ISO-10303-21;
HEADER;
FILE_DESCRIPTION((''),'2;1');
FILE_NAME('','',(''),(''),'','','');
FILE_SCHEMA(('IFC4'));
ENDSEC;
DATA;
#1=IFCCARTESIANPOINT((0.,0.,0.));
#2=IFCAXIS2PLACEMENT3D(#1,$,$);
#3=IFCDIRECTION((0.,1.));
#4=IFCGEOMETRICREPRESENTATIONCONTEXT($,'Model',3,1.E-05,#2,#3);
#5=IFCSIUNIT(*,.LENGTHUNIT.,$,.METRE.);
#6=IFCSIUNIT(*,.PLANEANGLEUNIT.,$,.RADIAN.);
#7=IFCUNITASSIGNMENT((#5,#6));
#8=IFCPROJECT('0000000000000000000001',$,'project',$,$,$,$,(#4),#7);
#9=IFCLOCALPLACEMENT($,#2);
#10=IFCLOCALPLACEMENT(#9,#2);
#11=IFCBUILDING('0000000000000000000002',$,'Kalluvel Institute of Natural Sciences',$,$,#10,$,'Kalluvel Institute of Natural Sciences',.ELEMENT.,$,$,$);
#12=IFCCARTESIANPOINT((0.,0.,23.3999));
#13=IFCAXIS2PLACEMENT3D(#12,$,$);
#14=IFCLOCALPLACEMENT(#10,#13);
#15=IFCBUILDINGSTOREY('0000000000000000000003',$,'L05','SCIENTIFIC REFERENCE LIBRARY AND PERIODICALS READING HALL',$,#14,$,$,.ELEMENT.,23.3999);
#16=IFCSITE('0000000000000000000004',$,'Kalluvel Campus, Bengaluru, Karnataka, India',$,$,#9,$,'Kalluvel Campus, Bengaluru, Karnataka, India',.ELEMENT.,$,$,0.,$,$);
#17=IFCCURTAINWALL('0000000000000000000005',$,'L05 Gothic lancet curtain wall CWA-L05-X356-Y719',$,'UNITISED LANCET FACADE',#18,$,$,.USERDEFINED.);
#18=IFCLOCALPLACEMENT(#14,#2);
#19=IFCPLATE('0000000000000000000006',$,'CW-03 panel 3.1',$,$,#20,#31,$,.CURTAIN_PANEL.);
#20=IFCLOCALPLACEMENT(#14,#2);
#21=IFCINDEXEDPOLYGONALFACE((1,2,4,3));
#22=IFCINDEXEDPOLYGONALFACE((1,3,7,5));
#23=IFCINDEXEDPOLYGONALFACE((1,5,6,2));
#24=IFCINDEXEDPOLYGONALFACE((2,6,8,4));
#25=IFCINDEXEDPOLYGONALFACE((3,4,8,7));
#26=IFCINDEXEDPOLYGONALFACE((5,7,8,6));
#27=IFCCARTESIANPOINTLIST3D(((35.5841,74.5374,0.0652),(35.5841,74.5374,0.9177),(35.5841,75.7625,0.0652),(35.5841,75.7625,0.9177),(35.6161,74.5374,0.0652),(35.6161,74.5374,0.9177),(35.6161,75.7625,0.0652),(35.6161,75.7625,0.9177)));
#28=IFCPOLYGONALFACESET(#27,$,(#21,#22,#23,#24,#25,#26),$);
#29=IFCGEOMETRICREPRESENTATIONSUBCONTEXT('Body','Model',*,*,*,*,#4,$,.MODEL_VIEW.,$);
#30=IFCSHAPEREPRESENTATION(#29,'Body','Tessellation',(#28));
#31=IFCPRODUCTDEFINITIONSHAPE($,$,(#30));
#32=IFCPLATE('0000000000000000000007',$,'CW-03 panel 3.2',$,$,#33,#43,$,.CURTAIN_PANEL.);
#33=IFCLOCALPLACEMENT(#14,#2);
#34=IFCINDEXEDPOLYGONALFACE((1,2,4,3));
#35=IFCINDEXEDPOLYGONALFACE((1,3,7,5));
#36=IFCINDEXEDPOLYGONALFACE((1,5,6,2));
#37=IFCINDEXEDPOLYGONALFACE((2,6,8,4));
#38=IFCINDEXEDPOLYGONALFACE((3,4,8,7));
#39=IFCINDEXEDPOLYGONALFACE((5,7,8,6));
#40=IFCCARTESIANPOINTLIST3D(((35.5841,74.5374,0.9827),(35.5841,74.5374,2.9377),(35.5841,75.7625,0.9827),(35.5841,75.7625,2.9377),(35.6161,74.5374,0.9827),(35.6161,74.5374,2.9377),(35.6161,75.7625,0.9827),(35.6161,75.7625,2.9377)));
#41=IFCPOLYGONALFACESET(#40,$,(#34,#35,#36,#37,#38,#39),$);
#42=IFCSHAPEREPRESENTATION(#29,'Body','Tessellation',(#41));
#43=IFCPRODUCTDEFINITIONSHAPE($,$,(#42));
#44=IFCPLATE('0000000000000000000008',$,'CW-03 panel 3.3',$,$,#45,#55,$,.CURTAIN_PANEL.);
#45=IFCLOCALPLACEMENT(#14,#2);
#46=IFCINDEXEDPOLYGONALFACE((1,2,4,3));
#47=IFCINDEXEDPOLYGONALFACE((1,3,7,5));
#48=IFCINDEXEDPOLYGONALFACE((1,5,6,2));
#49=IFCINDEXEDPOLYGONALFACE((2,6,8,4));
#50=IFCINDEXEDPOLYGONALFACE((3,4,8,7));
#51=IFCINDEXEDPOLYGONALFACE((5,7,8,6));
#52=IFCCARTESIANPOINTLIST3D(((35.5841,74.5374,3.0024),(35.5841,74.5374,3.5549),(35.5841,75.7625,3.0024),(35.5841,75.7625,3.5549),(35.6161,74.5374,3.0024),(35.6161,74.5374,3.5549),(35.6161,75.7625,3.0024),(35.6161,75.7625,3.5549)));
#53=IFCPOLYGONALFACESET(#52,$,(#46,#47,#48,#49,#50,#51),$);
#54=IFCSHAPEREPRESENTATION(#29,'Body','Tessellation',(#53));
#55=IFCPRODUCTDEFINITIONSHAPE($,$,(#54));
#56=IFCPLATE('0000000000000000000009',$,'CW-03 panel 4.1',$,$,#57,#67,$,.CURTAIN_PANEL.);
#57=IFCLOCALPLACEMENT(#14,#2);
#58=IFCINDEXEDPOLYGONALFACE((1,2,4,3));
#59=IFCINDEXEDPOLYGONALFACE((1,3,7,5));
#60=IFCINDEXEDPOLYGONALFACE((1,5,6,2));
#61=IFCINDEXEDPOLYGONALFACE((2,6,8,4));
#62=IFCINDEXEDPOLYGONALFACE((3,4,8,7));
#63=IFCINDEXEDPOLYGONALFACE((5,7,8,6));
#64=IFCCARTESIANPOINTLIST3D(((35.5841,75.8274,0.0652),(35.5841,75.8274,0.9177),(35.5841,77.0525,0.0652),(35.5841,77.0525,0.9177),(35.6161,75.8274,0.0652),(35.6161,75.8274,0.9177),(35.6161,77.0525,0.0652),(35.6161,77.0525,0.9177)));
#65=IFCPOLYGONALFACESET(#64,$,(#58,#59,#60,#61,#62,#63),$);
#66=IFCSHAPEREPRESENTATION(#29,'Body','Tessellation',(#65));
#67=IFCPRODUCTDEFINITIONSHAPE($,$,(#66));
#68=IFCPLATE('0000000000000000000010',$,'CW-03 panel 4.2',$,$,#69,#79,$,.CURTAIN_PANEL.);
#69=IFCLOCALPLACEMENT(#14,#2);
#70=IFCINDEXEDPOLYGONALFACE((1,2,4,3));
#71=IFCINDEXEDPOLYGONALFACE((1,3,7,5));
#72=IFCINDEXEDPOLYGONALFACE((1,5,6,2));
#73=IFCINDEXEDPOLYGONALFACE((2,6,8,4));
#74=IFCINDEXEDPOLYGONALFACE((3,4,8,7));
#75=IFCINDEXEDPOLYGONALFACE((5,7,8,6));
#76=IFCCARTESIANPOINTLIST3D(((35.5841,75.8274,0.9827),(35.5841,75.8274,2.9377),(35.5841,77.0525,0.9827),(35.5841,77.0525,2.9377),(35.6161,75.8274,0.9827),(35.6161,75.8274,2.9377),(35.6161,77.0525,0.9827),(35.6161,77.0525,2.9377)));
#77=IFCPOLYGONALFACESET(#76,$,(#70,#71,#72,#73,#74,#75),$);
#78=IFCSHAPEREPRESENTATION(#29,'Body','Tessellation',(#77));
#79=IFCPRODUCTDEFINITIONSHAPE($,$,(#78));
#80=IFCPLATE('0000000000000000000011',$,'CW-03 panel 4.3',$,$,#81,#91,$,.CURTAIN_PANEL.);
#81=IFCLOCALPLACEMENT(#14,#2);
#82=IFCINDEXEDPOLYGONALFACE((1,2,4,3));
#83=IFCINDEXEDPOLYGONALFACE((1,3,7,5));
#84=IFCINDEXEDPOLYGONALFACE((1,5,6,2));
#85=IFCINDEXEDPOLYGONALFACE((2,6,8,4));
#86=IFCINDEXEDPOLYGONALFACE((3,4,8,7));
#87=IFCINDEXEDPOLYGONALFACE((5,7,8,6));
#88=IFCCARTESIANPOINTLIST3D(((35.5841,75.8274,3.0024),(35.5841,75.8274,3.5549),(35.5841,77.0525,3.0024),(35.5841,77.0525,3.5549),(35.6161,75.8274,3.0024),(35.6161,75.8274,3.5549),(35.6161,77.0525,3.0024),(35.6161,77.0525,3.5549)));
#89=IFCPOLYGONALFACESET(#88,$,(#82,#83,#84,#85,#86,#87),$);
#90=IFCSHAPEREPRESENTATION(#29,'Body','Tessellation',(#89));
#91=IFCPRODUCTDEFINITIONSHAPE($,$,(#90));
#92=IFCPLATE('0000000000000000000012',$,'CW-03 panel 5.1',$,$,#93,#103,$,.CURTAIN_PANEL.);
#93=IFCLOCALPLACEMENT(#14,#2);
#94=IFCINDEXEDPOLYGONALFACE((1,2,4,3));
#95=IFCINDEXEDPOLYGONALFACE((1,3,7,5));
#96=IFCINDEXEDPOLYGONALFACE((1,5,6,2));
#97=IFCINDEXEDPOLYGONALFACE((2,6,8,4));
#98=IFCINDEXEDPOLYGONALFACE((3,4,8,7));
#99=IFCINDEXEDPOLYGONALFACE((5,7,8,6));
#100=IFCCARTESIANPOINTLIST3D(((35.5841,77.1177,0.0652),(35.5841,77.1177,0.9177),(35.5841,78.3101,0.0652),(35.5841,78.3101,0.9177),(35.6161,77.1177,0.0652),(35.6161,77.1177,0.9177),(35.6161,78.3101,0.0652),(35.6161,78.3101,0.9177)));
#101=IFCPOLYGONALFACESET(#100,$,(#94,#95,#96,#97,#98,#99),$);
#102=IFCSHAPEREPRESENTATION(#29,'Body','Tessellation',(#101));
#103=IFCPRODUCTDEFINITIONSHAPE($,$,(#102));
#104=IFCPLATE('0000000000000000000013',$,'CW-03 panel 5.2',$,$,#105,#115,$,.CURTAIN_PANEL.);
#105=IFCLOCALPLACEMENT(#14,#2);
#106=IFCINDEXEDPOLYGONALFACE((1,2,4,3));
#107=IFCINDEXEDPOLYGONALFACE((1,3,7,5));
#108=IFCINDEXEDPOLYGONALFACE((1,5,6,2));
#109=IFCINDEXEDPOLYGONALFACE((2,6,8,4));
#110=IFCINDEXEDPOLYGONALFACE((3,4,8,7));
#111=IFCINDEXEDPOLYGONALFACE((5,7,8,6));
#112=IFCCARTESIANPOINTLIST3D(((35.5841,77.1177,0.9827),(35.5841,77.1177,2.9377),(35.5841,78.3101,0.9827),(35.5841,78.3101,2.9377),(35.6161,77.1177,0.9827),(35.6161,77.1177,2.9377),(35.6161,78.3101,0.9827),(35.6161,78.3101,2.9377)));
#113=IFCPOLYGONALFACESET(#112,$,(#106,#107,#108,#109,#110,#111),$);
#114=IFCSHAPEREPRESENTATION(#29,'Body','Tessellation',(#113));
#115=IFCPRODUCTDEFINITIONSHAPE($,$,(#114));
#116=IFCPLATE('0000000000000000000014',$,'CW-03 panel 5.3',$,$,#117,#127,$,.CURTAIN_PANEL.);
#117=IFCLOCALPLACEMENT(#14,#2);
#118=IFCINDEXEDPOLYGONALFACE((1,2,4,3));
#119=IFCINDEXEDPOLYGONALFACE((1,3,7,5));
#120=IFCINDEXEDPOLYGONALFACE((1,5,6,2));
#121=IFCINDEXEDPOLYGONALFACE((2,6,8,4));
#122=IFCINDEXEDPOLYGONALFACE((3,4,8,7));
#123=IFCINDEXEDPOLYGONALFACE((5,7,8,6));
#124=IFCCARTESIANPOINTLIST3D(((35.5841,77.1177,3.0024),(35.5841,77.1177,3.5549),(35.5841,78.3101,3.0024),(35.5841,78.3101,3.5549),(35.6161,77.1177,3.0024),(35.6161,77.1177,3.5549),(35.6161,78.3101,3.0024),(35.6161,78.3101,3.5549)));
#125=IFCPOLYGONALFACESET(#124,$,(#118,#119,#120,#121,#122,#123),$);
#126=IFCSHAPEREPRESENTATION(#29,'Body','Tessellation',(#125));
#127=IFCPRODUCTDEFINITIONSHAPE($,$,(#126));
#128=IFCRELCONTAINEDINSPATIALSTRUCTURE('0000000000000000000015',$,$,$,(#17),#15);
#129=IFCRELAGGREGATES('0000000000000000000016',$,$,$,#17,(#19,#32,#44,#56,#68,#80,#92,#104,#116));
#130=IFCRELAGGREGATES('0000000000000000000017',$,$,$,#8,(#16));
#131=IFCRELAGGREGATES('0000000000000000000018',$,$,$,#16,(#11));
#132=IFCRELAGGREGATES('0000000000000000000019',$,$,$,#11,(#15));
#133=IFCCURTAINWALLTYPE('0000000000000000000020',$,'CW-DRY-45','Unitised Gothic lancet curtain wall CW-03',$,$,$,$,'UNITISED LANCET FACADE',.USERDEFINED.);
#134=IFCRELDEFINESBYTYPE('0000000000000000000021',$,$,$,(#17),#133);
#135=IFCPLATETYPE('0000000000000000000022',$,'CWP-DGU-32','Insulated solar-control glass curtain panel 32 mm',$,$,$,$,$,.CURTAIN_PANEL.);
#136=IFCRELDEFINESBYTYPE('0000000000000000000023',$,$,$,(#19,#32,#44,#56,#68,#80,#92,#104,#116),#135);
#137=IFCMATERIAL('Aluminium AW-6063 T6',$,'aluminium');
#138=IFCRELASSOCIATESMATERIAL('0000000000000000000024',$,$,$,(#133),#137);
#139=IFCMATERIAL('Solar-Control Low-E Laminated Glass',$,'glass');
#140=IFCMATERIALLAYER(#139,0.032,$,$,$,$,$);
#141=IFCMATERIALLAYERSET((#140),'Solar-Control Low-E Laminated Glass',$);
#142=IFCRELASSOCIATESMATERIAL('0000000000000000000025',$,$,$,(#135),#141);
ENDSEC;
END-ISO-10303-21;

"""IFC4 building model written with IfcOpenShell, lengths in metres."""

from ifc_helpers import new_model, si_unit, direction, frame, origin, origin_2d, place, context, subcontext, project, spatial, rectangle, extrude, material, layer, layer_set, type_object, element, aggregate, save


model = new_model("IFC4")

# Units and contexts
model_context = context("Model", 3, precision=1e-05, world=origin(), true_north=direction((0.0, 1.0)))
body_context = subcontext(model_context, "Body", "Model", "MODEL_VIEW")
ifc_project = project(units=[si_unit("LENGTHUNIT", "METRE"), si_unit("PLANEANGLEUNIT", "RADIAN")], contexts=[model_context])

# Site, building, storey
site_placement = place(None, origin())
site = spatial("IfcSite", under=ifc_project, at=site_placement, Name="Kalluvel Campus, Bengaluru, Karnataka, India", LongName="Kalluvel Campus, Bengaluru, Karnataka, India", CompositionType="ELEMENT", RefElevation=0.0)
building_placement = place(site_placement, origin())
building = spatial("IfcBuilding", under=site, at=building_placement, Name="Kalluvel Institute of Natural Sciences", LongName="Kalluvel Institute of Natural Sciences", CompositionType="ELEMENT")
storey_placement = place(building_placement, frame((0.0, 0.0, 23.3999)))
storey = spatial("IfcBuildingStorey", under=building, at=storey_placement, Name="L05", Description="SCIENTIFIC REFERENCE LIBRARY AND PERIODICALS READING HALL", CompositionType="ELEMENT", Elevation=23.3999)

# Curtain wall
ifc_material_1 = material(Name="Aluminium AW-6063 T6", Category="aluminium")
curtain_wall_type = type_object("IfcCurtainWallType", Name="CW-DRY-45", Description="Unitised Gothic lancet curtain wall CW-03", ElementType="UNITISED LANCET FACADE", PredefinedType="USERDEFINED", material=ifc_material_1)
curtain_wall_1_placement = place(storey_placement, origin())
curtain_wall_1 = element("IfcCurtainWall", 1, at=curtain_wall_1_placement, inside=storey, type_object=curtain_wall_type, Name="L05 Gothic lancet curtain wall CWA-L05-X356-Y719", ObjectType="UNITISED LANCET FACADE", PredefinedType="USERDEFINED")

# Plates
ifc_material_2 = material(Name="Solar-Control Low-E Laminated Glass", Category="glass")
ifc_layer = layer(ifc_material_2, 0.032)
ifc_layer_set = layer_set([ifc_layer], Name="Solar-Control Low-E Laminated Glass")
plate_type = type_object("IfcPlateType", Name="CWP-DGU-32", Description="Insulated solar-control glass curtain panel 32 mm", PredefinedType="CURTAIN_PANEL", material=ifc_layer_set)
plate_1_placement = place(storey_placement, frame((35.6001, 75.1499, 0.0652), z_axis=(0.0, 0.0, 1.0), x_axis=(0.0, 1.0, 0.0)))
plate_1 = element("IfcPlate", 2, at=plate_1_placement, type_object=plate_type, Name="CW-03 panel 3.1", PredefinedType="CURTAIN_PANEL", context=body_context, shape_type="SweptSolid", body=[
    extrude(rectangle(XDim=1.2251, YDim=0.032, at=origin_2d()), origin(), (0.0, 0.0, 1.0), 0.8525),
])
plate_2_placement = place(storey_placement, frame((35.6001, 75.1499, 0.9827), z_axis=(0.0, 0.0, 1.0), x_axis=(0.0, 1.0, 0.0)))
plate_2 = element("IfcPlate", 3, at=plate_2_placement, type_object=plate_type, Name="CW-03 panel 3.2", PredefinedType="CURTAIN_PANEL", context=body_context, shape_type="SweptSolid", body=[
    extrude(rectangle(XDim=1.2251, YDim=0.032, at=origin_2d()), origin(), (0.0, 0.0, 1.0), 1.9551),
])
plate_3_placement = place(storey_placement, frame((35.6001, 75.1499, 3.0024), z_axis=(0.0, 0.0, 1.0), x_axis=(0.0, 1.0, 0.0)))
plate_3 = element("IfcPlate", 4, at=plate_3_placement, type_object=plate_type, Name="CW-03 panel 3.3", PredefinedType="CURTAIN_PANEL", context=body_context, shape_type="SweptSolid", body=[
    extrude(rectangle(XDim=1.2251, YDim=0.032, at=origin_2d()), origin(), (0.0, 0.0, 1.0), 0.5525),
])
plate_4_placement = place(storey_placement, frame((35.6001, 76.4399, 0.0652), z_axis=(0.0, 0.0, 1.0), x_axis=(0.0, 1.0, 0.0)))
plate_4 = element("IfcPlate", 5, at=plate_4_placement, type_object=plate_type, Name="CW-03 panel 4.1", PredefinedType="CURTAIN_PANEL", context=body_context, shape_type="SweptSolid", body=[
    extrude(rectangle(XDim=1.2251, YDim=0.032, at=origin_2d()), origin(), (0.0, 0.0, 1.0), 0.8525),
])
plate_5_placement = place(storey_placement, frame((35.6001, 76.4399, 0.9827), z_axis=(0.0, 0.0, 1.0), x_axis=(0.0, 1.0, 0.0)))
plate_5 = element("IfcPlate", 6, at=plate_5_placement, type_object=plate_type, Name="CW-03 panel 4.2", PredefinedType="CURTAIN_PANEL", context=body_context, shape_type="SweptSolid", body=[
    extrude(rectangle(XDim=1.2251, YDim=0.032, at=origin_2d()), origin(), (0.0, 0.0, 1.0), 1.9551),
])
plate_6_placement = place(storey_placement, frame((35.6001, 76.4399, 3.0024), z_axis=(0.0, 0.0, 1.0), x_axis=(0.0, 1.0, 0.0)))
plate_6 = element("IfcPlate", 7, at=plate_6_placement, type_object=plate_type, Name="CW-03 panel 4.3", PredefinedType="CURTAIN_PANEL", context=body_context, shape_type="SweptSolid", body=[
    extrude(rectangle(XDim=1.2251, YDim=0.032, at=origin_2d()), origin(), (0.0, 0.0, 1.0), 0.5525),
])
plate_7_placement = place(storey_placement, frame((35.6001, 77.7139, 0.0652), z_axis=(0.0, 0.0, 1.0), x_axis=(0.0, 1.0, 0.0)))
plate_7 = element("IfcPlate", 8, at=plate_7_placement, type_object=plate_type, Name="CW-03 panel 5.1", PredefinedType="CURTAIN_PANEL", context=body_context, shape_type="SweptSolid", body=[
    extrude(rectangle(XDim=1.1924, YDim=0.032, at=origin_2d()), origin(), (0.0, 0.0, 1.0), 0.8525),
])
plate_8_placement = place(storey_placement, frame((35.6001, 77.7139, 0.9827), z_axis=(0.0, 0.0, 1.0), x_axis=(0.0, 1.0, 0.0)))
plate_8 = element("IfcPlate", 9, at=plate_8_placement, type_object=plate_type, Name="CW-03 panel 5.2", PredefinedType="CURTAIN_PANEL", context=body_context, shape_type="SweptSolid", body=[
    extrude(rectangle(XDim=1.1924, YDim=0.032, at=origin_2d()), origin(), (0.0, 0.0, 1.0), 1.9551),
])
plate_9_placement = place(storey_placement, frame((35.6001, 77.7139, 3.0024), z_axis=(0.0, 0.0, 1.0), x_axis=(0.0, 1.0, 0.0)))
plate_9 = element("IfcPlate", 10, at=plate_9_placement, type_object=plate_type, Name="CW-03 panel 5.3", PredefinedType="CURTAIN_PANEL", context=body_context, shape_type="SweptSolid", body=[
    extrude(rectangle(XDim=1.1924, YDim=0.032, at=origin_2d()), origin(), (0.0, 0.0, 1.0), 0.5525),
])
aggregate(curtain_wall_1, [plate_1, plate_2, plate_3, plate_4, plate_5, plate_6, plate_7, plate_8, plate_9])

save(model, "model.ifc")
